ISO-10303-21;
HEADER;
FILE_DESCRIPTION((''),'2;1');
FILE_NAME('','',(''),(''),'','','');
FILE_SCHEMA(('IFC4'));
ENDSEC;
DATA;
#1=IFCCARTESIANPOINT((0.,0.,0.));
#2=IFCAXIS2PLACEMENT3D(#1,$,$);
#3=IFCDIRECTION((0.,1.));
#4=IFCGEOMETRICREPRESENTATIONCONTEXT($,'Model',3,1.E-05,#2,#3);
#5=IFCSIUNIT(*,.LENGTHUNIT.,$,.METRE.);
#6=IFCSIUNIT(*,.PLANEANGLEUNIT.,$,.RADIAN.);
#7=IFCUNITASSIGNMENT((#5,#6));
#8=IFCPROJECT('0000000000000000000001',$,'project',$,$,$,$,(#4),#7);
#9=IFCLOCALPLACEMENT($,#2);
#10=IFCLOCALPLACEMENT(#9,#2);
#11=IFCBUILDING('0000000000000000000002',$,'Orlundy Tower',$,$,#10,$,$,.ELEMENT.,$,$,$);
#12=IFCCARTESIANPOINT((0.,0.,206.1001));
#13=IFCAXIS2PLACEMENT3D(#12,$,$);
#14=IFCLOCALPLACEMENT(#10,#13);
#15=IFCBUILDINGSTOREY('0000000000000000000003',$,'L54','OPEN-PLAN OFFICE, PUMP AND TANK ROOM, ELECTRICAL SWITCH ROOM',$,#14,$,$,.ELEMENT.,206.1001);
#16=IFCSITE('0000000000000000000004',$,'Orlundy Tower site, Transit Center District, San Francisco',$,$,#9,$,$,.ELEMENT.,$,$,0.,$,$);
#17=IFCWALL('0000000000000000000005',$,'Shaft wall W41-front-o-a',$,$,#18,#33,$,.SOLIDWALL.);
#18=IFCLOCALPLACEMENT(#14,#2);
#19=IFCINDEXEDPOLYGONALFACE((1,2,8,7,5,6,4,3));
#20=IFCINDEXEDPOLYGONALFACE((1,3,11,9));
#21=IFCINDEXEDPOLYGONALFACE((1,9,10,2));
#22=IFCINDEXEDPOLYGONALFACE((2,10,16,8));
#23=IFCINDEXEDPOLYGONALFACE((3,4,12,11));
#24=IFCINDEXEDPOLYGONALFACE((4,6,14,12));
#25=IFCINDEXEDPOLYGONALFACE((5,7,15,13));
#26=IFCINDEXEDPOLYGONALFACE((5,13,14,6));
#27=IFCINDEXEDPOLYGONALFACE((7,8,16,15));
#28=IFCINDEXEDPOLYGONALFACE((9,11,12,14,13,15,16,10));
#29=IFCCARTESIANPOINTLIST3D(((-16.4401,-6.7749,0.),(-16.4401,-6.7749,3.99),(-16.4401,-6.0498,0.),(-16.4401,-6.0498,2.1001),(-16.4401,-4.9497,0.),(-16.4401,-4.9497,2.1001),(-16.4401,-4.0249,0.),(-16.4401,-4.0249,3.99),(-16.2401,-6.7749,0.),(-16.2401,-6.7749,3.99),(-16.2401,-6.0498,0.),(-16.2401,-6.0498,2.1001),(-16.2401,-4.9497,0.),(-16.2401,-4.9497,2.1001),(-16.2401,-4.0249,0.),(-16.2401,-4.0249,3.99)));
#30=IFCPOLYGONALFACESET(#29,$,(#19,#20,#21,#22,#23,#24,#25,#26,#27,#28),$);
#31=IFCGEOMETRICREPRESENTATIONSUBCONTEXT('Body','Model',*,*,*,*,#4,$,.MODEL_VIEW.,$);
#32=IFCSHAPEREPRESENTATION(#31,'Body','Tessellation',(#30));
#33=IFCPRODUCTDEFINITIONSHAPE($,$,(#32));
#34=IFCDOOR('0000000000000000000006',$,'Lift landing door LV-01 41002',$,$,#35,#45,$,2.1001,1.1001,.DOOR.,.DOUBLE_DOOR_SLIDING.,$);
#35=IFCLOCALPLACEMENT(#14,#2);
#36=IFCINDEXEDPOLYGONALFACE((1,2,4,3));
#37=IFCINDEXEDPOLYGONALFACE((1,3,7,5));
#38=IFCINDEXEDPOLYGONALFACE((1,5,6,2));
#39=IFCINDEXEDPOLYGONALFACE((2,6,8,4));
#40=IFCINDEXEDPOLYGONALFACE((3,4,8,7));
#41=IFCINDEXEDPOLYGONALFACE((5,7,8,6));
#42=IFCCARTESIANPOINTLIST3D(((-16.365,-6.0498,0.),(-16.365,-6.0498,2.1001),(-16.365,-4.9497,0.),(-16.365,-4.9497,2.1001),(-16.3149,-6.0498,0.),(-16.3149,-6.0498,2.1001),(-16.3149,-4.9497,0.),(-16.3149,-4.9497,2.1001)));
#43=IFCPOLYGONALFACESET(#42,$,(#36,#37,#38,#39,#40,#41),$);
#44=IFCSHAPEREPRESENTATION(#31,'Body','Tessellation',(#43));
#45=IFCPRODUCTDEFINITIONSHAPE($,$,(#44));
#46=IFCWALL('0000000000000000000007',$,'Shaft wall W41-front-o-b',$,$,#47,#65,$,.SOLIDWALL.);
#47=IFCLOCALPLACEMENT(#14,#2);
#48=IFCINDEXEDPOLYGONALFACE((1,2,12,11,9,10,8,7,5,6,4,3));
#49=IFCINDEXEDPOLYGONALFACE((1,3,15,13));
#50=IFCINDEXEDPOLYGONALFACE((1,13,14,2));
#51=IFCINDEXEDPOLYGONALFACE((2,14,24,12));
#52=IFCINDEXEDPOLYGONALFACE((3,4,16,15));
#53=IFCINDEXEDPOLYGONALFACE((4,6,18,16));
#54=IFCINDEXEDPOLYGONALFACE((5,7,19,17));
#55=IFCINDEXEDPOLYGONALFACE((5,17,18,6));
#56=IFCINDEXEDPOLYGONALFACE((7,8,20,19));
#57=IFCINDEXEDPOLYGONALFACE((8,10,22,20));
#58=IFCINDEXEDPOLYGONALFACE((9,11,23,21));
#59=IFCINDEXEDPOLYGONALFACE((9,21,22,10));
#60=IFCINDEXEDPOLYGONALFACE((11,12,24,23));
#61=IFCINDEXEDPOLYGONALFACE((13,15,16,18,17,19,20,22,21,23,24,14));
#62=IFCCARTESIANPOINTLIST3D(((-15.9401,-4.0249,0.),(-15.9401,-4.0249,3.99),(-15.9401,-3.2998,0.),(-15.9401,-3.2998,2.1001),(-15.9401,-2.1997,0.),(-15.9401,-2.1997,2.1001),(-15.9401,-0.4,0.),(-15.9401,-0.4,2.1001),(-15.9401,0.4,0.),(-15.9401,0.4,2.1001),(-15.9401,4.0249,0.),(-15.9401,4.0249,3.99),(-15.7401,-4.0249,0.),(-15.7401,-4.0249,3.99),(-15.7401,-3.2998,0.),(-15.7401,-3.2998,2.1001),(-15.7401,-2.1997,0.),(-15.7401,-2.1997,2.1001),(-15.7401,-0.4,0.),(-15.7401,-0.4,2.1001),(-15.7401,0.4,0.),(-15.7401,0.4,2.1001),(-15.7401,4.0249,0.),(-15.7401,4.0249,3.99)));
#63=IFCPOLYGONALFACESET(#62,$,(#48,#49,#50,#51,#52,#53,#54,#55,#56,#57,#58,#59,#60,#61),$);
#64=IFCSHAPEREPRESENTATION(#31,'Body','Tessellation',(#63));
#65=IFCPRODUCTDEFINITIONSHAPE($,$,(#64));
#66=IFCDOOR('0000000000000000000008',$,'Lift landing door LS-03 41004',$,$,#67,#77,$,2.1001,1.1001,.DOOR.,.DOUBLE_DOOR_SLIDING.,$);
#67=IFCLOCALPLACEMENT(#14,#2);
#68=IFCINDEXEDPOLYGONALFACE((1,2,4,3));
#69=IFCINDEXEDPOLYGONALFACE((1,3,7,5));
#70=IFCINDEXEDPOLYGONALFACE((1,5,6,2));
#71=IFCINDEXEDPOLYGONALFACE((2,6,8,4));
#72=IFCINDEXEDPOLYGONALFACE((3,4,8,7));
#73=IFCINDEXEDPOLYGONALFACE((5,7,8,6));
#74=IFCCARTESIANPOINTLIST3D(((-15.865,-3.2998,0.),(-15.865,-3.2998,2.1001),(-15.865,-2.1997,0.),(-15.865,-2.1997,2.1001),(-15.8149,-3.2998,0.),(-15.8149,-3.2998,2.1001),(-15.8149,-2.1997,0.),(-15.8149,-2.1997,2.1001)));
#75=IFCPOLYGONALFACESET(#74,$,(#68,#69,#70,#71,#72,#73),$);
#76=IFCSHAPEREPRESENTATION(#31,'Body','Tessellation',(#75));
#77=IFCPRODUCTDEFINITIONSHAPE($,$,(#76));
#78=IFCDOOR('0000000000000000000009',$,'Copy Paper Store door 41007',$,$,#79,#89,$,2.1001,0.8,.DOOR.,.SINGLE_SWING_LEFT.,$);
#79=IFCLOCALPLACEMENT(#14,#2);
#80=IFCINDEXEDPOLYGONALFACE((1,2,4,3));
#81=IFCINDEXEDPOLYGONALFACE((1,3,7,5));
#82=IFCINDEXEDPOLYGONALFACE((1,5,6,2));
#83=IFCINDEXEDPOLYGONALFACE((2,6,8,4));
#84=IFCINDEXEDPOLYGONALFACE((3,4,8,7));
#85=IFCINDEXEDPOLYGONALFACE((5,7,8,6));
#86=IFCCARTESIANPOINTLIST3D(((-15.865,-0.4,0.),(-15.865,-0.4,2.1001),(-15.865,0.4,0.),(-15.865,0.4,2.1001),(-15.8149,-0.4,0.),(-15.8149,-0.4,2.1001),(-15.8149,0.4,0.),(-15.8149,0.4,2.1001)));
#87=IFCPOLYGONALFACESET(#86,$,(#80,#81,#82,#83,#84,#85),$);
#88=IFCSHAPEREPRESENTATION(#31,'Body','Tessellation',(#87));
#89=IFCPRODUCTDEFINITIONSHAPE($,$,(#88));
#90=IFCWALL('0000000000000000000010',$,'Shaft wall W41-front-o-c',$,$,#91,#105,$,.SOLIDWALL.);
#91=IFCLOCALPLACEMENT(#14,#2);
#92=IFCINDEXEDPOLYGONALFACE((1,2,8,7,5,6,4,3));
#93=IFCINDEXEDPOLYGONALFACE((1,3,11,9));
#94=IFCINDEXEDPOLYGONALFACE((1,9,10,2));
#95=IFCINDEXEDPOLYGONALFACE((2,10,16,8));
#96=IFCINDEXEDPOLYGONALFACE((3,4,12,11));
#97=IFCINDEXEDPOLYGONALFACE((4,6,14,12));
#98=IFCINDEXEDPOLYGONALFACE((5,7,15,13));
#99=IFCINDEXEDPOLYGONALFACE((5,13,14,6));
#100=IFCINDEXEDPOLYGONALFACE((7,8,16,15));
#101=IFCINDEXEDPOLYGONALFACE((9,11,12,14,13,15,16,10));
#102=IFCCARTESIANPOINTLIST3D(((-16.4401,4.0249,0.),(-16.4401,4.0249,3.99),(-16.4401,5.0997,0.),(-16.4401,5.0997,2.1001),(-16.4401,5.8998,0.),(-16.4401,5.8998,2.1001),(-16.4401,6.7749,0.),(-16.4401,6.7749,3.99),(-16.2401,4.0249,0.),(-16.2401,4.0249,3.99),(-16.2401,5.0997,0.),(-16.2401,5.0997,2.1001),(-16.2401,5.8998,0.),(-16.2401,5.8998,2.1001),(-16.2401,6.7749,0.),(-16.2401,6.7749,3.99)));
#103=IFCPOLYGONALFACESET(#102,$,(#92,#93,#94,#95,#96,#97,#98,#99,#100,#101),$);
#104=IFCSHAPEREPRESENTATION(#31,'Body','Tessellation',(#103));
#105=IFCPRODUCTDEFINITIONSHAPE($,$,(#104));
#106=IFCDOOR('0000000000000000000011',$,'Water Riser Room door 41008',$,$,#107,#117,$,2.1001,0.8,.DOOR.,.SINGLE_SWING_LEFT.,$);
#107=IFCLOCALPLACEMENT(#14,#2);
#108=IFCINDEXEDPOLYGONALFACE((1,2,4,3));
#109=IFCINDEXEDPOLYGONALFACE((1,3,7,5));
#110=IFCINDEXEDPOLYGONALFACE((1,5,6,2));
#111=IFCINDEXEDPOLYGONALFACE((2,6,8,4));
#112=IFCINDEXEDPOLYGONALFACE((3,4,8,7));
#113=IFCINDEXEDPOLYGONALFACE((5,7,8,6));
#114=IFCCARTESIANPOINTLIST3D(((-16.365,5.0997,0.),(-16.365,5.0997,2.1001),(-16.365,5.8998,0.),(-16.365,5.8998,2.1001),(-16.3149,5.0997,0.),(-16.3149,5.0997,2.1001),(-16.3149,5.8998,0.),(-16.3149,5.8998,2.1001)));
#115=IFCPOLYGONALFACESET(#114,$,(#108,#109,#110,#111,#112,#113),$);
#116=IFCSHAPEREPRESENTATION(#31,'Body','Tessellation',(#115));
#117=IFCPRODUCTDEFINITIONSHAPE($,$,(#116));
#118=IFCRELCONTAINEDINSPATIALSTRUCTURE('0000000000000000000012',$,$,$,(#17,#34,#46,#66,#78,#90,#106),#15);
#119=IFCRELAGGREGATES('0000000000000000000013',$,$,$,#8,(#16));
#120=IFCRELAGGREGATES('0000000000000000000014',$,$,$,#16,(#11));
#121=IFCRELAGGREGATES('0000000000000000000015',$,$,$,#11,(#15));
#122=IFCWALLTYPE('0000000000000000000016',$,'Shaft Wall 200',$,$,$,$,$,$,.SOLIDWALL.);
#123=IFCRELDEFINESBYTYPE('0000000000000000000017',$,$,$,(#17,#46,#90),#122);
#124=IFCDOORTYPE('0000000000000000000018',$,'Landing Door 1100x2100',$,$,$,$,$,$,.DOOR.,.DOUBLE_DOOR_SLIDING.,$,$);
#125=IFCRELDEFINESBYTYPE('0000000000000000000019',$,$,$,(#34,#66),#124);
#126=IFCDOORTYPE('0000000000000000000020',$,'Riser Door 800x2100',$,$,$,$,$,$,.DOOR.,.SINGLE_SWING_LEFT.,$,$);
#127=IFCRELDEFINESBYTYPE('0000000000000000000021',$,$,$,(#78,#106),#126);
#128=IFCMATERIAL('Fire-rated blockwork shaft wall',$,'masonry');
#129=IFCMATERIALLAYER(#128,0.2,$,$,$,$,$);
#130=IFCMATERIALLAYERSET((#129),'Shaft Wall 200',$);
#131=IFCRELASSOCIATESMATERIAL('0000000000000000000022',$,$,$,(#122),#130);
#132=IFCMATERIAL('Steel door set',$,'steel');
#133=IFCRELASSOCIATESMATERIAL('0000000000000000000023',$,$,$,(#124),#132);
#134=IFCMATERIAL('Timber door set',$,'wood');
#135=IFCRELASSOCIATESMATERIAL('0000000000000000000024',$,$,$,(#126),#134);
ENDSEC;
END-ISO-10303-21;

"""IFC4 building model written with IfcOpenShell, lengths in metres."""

from ifc_helpers import new_model, si_unit, direction, frame, frame_2d, origin, place, context, subcontext, project, spatial, rectangle, extrude, material, layer, layer_set, type_object, element, fill, save


model = new_model("IFC4")

# Units and contexts
model_context = context("Model", 3, precision=1e-05, world=origin(), true_north=direction((0.0, 1.0)))
body_context = subcontext(model_context, "Body", "Model", "MODEL_VIEW")
ifc_project = project(units=[si_unit("LENGTHUNIT", "METRE"), si_unit("PLANEANGLEUNIT", "RADIAN")], contexts=[model_context])

# Site, building, storey
site_placement = place(None, origin())
site = spatial("IfcSite", under=ifc_project, at=site_placement, Name="Orlundy Tower site, Transit Center District, San Francisco", CompositionType="ELEMENT", RefElevation=0.0)
building_placement = place(site_placement, origin())
building = spatial("IfcBuilding", under=site, at=building_placement, Name="Orlundy Tower", CompositionType="ELEMENT")
storey_placement = place(building_placement, frame((0.0, 0.0, 206.1001)))
storey = spatial("IfcBuildingStorey", under=building, at=storey_placement, Name="L54", Description="OPEN-PLAN OFFICE, PUMP AND TANK ROOM, ELECTRICAL SWITCH ROOM", CompositionType="ELEMENT", Elevation=206.1001)

# Shared definitions
ifc_material_1 = material(Name="Fire-rated blockwork shaft wall", Category="masonry")
ifc_layer_1 = layer(ifc_material_1, 0.2)
ifc_layer_set_1 = layer_set([ifc_layer_1], Name="Shaft Wall 200")
wall_type_1 = type_object("IfcWallType", Name="Shaft Wall 200", PredefinedType="SOLIDWALL", material=ifc_layer_set_1)

# Shared definitions
ifc_material_2 = material(Name="Steel door set", Category="steel")
door_type_1 = type_object("IfcDoorType", Name="Landing Door 1100x2100", OperationType="DOUBLE_DOOR_SLIDING", PredefinedType="DOOR", material=ifc_material_2)
ifc_material_3 = material(Name="Timber door set", Category="wood")
door_type_2 = type_object("IfcDoorType", Name="Riser Door 800x2100", OperationType="SINGLE_SWING_LEFT", PredefinedType="DOOR", material=ifc_material_3)

# Wall, opening, door
wall_1_placement = place(storey_placement, frame((-16.3401, -6.7749, 0.0), z_axis=(0.0, 0.0, 1.0), x_axis=(0.0, 1.0, 0.0)))
wall_1 = element("IfcWall", 1, at=wall_1_placement, inside=storey, type_object=wall_type_1, Name="Shaft wall W41-front-o-a", PredefinedType="SOLIDWALL", context=body_context, shape_type="SweptSolid", body=[
    extrude(rectangle(XDim=2.75, YDim=0.2, at=frame_2d((1.375, 0.0))), origin(), (0.0, 0.0, 1.0), 3.99),
])
opening_1_placement = place(wall_1_placement, frame((0.7251, 0.0, 0.0)))
opening_1 = element("IfcOpeningElement", 2, at=opening_1_placement, cuts=wall_1, PredefinedType="OPENING", context=body_context, shape_type="SweptSolid", body=[
    extrude(rectangle(XDim=1.1001, YDim=2.1001, at=frame_2d((0.55, 1.05))), frame((0.0, 0.1101, 0.0), z_axis=(0.0, -1.0, 0.0), x_axis=(1.0, 0.0, 0.0)), (0.0, 0.0, 1.0), 0.2202),
])
door_1_placement = place(opening_1_placement, origin())
door_1 = element("IfcDoor", 3, at=door_1_placement, inside=storey, type_object=door_type_1, Name="Lift landing door LV-01 41002", OperationType="DOUBLE_DOOR_SLIDING", OverallHeight=2.1001, OverallWidth=1.1001, PredefinedType="DOOR", context=body_context, shape_type="SweptSolid", body=[
    extrude(rectangle(XDim=1.1001, YDim=2.1001, at=frame_2d((0.55, 1.05))), frame((0.0, 0.0249, 0.0), z_axis=(0.0, -1.0, 0.0), x_axis=(1.0, 0.0, 0.0)), (0.0, 0.0, 1.0), 0.05),
])
fill(opening_1, door_1)

# Wall, openings, doors
wall_2_placement = place(storey_placement, frame((-15.8401, -4.0249, 0.0), z_axis=(0.0, 0.0, 1.0), x_axis=(0.0, 1.0, 0.0)))
wall_2 = element("IfcWall", 4, at=wall_2_placement, inside=storey, type_object=wall_type_1, Name="Shaft wall W41-front-o-b", PredefinedType="SOLIDWALL", context=body_context, shape_type="SweptSolid", body=[
    extrude(rectangle(XDim=8.0498, YDim=0.2, at=frame_2d((4.0249, 0.0))), origin(), (0.0, 0.0, 1.0), 3.99),
])
opening_2_placement = place(wall_2_placement, frame((0.7251, 0.0, 0.0)))
opening_2 = element("IfcOpeningElement", 5, at=opening_2_placement, cuts=wall_2, PredefinedType="OPENING", context=body_context, shape_type="SweptSolid", body=[
    extrude(rectangle(XDim=1.1001, YDim=2.1001, at=frame_2d((0.55, 1.05))), frame((0.0, 0.1101, 0.0), z_axis=(0.0, -1.0, 0.0), x_axis=(1.0, 0.0, 0.0)), (0.0, 0.0, 1.0), 0.2202),
])
opening_3_placement = place(wall_2_placement, frame((3.625, 0.0, 0.0)))
opening_3 = element("IfcOpeningElement", 6, at=opening_3_placement, cuts=wall_2, PredefinedType="OPENING", context=body_context, shape_type="SweptSolid", body=[
    extrude(rectangle(XDim=0.8, YDim=2.1001, at=frame_2d((0.3999, 1.05))), frame((0.0, 0.1101, 0.0), z_axis=(0.0, -1.0, 0.0), x_axis=(1.0, 0.0, 0.0)), (0.0, 0.0, 1.0), 0.2202),
])
door_2_placement = place(opening_2_placement, origin())
door_2 = element("IfcDoor", 7, at=door_2_placement, inside=storey, type_object=door_type_1, Name="Lift landing door LS-03 41004", OperationType="DOUBLE_DOOR_SLIDING", OverallHeight=2.1001, OverallWidth=1.1001, PredefinedType="DOOR", context=body_context, shape_type="SweptSolid", body=[
    extrude(rectangle(XDim=1.1001, YDim=2.1001, at=frame_2d((0.55, 1.05))), frame((0.0, 0.0249, 0.0), z_axis=(0.0, -1.0, 0.0), x_axis=(1.0, 0.0, 0.0)), (0.0, 0.0, 1.0), 0.05),
])
fill(opening_2, door_2)
door_3_placement = place(opening_3_placement, origin())
door_3 = element("IfcDoor", 8, at=door_3_placement, inside=storey, type_object=door_type_2, Name="Copy Paper Store door 41007", OperationType="SINGLE_SWING_LEFT", OverallHeight=2.1001, OverallWidth=0.8, PredefinedType="DOOR", context=body_context, shape_type="SweptSolid", body=[
    extrude(rectangle(XDim=0.8, YDim=2.1001, at=frame_2d((0.3999, 1.05))), frame((0.0, 0.0249, 0.0), z_axis=(0.0, -1.0, 0.0), x_axis=(1.0, 0.0, 0.0)), (0.0, 0.0, 1.0), 0.05),
])
fill(opening_3, door_3)

# Wall, opening, door
wall_3_placement = place(storey_placement, frame((-16.3401, 4.0249, 0.0), z_axis=(0.0, 0.0, 1.0), x_axis=(0.0, 1.0, 0.0)))
wall_3 = element("IfcWall", 9, at=wall_3_placement, inside=storey, type_object=wall_type_1, Name="Shaft wall W41-front-o-c", PredefinedType="SOLIDWALL", context=body_context, shape_type="SweptSolid", body=[
    extrude(rectangle(XDim=2.75, YDim=0.2, at=frame_2d((1.375, 0.0))), origin(), (0.0, 0.0, 1.0), 3.99),
])
opening_4_placement = place(wall_3_placement, frame((1.075, 0.0, 0.0)))
opening_4 = element("IfcOpeningElement", 10, at=opening_4_placement, cuts=wall_3, PredefinedType="OPENING", context=body_context, shape_type="SweptSolid", body=[
    extrude(rectangle(XDim=0.8, YDim=2.1001, at=frame_2d((0.3999, 1.05))), frame((0.0, 0.1101, 0.0), z_axis=(0.0, -1.0, 0.0), x_axis=(1.0, 0.0, 0.0)), (0.0, 0.0, 1.0), 0.2202),
])
door_4_placement = place(opening_4_placement, origin())
door_4 = element("IfcDoor", 11, at=door_4_placement, inside=storey, type_object=door_type_2, Name="Water Riser Room door 41008", OperationType="SINGLE_SWING_LEFT", OverallHeight=2.1001, OverallWidth=0.8, PredefinedType="DOOR", context=body_context, shape_type="SweptSolid", body=[
    extrude(rectangle(XDim=0.8, YDim=2.1001, at=frame_2d((0.3999, 1.05))), frame((0.0, 0.0249, 0.0), z_axis=(0.0, -1.0, 0.0), x_axis=(1.0, 0.0, 0.0)), (0.0, 0.0, 1.0), 0.05),
])
fill(opening_4, door_4)

save(model, "model.ifc")
